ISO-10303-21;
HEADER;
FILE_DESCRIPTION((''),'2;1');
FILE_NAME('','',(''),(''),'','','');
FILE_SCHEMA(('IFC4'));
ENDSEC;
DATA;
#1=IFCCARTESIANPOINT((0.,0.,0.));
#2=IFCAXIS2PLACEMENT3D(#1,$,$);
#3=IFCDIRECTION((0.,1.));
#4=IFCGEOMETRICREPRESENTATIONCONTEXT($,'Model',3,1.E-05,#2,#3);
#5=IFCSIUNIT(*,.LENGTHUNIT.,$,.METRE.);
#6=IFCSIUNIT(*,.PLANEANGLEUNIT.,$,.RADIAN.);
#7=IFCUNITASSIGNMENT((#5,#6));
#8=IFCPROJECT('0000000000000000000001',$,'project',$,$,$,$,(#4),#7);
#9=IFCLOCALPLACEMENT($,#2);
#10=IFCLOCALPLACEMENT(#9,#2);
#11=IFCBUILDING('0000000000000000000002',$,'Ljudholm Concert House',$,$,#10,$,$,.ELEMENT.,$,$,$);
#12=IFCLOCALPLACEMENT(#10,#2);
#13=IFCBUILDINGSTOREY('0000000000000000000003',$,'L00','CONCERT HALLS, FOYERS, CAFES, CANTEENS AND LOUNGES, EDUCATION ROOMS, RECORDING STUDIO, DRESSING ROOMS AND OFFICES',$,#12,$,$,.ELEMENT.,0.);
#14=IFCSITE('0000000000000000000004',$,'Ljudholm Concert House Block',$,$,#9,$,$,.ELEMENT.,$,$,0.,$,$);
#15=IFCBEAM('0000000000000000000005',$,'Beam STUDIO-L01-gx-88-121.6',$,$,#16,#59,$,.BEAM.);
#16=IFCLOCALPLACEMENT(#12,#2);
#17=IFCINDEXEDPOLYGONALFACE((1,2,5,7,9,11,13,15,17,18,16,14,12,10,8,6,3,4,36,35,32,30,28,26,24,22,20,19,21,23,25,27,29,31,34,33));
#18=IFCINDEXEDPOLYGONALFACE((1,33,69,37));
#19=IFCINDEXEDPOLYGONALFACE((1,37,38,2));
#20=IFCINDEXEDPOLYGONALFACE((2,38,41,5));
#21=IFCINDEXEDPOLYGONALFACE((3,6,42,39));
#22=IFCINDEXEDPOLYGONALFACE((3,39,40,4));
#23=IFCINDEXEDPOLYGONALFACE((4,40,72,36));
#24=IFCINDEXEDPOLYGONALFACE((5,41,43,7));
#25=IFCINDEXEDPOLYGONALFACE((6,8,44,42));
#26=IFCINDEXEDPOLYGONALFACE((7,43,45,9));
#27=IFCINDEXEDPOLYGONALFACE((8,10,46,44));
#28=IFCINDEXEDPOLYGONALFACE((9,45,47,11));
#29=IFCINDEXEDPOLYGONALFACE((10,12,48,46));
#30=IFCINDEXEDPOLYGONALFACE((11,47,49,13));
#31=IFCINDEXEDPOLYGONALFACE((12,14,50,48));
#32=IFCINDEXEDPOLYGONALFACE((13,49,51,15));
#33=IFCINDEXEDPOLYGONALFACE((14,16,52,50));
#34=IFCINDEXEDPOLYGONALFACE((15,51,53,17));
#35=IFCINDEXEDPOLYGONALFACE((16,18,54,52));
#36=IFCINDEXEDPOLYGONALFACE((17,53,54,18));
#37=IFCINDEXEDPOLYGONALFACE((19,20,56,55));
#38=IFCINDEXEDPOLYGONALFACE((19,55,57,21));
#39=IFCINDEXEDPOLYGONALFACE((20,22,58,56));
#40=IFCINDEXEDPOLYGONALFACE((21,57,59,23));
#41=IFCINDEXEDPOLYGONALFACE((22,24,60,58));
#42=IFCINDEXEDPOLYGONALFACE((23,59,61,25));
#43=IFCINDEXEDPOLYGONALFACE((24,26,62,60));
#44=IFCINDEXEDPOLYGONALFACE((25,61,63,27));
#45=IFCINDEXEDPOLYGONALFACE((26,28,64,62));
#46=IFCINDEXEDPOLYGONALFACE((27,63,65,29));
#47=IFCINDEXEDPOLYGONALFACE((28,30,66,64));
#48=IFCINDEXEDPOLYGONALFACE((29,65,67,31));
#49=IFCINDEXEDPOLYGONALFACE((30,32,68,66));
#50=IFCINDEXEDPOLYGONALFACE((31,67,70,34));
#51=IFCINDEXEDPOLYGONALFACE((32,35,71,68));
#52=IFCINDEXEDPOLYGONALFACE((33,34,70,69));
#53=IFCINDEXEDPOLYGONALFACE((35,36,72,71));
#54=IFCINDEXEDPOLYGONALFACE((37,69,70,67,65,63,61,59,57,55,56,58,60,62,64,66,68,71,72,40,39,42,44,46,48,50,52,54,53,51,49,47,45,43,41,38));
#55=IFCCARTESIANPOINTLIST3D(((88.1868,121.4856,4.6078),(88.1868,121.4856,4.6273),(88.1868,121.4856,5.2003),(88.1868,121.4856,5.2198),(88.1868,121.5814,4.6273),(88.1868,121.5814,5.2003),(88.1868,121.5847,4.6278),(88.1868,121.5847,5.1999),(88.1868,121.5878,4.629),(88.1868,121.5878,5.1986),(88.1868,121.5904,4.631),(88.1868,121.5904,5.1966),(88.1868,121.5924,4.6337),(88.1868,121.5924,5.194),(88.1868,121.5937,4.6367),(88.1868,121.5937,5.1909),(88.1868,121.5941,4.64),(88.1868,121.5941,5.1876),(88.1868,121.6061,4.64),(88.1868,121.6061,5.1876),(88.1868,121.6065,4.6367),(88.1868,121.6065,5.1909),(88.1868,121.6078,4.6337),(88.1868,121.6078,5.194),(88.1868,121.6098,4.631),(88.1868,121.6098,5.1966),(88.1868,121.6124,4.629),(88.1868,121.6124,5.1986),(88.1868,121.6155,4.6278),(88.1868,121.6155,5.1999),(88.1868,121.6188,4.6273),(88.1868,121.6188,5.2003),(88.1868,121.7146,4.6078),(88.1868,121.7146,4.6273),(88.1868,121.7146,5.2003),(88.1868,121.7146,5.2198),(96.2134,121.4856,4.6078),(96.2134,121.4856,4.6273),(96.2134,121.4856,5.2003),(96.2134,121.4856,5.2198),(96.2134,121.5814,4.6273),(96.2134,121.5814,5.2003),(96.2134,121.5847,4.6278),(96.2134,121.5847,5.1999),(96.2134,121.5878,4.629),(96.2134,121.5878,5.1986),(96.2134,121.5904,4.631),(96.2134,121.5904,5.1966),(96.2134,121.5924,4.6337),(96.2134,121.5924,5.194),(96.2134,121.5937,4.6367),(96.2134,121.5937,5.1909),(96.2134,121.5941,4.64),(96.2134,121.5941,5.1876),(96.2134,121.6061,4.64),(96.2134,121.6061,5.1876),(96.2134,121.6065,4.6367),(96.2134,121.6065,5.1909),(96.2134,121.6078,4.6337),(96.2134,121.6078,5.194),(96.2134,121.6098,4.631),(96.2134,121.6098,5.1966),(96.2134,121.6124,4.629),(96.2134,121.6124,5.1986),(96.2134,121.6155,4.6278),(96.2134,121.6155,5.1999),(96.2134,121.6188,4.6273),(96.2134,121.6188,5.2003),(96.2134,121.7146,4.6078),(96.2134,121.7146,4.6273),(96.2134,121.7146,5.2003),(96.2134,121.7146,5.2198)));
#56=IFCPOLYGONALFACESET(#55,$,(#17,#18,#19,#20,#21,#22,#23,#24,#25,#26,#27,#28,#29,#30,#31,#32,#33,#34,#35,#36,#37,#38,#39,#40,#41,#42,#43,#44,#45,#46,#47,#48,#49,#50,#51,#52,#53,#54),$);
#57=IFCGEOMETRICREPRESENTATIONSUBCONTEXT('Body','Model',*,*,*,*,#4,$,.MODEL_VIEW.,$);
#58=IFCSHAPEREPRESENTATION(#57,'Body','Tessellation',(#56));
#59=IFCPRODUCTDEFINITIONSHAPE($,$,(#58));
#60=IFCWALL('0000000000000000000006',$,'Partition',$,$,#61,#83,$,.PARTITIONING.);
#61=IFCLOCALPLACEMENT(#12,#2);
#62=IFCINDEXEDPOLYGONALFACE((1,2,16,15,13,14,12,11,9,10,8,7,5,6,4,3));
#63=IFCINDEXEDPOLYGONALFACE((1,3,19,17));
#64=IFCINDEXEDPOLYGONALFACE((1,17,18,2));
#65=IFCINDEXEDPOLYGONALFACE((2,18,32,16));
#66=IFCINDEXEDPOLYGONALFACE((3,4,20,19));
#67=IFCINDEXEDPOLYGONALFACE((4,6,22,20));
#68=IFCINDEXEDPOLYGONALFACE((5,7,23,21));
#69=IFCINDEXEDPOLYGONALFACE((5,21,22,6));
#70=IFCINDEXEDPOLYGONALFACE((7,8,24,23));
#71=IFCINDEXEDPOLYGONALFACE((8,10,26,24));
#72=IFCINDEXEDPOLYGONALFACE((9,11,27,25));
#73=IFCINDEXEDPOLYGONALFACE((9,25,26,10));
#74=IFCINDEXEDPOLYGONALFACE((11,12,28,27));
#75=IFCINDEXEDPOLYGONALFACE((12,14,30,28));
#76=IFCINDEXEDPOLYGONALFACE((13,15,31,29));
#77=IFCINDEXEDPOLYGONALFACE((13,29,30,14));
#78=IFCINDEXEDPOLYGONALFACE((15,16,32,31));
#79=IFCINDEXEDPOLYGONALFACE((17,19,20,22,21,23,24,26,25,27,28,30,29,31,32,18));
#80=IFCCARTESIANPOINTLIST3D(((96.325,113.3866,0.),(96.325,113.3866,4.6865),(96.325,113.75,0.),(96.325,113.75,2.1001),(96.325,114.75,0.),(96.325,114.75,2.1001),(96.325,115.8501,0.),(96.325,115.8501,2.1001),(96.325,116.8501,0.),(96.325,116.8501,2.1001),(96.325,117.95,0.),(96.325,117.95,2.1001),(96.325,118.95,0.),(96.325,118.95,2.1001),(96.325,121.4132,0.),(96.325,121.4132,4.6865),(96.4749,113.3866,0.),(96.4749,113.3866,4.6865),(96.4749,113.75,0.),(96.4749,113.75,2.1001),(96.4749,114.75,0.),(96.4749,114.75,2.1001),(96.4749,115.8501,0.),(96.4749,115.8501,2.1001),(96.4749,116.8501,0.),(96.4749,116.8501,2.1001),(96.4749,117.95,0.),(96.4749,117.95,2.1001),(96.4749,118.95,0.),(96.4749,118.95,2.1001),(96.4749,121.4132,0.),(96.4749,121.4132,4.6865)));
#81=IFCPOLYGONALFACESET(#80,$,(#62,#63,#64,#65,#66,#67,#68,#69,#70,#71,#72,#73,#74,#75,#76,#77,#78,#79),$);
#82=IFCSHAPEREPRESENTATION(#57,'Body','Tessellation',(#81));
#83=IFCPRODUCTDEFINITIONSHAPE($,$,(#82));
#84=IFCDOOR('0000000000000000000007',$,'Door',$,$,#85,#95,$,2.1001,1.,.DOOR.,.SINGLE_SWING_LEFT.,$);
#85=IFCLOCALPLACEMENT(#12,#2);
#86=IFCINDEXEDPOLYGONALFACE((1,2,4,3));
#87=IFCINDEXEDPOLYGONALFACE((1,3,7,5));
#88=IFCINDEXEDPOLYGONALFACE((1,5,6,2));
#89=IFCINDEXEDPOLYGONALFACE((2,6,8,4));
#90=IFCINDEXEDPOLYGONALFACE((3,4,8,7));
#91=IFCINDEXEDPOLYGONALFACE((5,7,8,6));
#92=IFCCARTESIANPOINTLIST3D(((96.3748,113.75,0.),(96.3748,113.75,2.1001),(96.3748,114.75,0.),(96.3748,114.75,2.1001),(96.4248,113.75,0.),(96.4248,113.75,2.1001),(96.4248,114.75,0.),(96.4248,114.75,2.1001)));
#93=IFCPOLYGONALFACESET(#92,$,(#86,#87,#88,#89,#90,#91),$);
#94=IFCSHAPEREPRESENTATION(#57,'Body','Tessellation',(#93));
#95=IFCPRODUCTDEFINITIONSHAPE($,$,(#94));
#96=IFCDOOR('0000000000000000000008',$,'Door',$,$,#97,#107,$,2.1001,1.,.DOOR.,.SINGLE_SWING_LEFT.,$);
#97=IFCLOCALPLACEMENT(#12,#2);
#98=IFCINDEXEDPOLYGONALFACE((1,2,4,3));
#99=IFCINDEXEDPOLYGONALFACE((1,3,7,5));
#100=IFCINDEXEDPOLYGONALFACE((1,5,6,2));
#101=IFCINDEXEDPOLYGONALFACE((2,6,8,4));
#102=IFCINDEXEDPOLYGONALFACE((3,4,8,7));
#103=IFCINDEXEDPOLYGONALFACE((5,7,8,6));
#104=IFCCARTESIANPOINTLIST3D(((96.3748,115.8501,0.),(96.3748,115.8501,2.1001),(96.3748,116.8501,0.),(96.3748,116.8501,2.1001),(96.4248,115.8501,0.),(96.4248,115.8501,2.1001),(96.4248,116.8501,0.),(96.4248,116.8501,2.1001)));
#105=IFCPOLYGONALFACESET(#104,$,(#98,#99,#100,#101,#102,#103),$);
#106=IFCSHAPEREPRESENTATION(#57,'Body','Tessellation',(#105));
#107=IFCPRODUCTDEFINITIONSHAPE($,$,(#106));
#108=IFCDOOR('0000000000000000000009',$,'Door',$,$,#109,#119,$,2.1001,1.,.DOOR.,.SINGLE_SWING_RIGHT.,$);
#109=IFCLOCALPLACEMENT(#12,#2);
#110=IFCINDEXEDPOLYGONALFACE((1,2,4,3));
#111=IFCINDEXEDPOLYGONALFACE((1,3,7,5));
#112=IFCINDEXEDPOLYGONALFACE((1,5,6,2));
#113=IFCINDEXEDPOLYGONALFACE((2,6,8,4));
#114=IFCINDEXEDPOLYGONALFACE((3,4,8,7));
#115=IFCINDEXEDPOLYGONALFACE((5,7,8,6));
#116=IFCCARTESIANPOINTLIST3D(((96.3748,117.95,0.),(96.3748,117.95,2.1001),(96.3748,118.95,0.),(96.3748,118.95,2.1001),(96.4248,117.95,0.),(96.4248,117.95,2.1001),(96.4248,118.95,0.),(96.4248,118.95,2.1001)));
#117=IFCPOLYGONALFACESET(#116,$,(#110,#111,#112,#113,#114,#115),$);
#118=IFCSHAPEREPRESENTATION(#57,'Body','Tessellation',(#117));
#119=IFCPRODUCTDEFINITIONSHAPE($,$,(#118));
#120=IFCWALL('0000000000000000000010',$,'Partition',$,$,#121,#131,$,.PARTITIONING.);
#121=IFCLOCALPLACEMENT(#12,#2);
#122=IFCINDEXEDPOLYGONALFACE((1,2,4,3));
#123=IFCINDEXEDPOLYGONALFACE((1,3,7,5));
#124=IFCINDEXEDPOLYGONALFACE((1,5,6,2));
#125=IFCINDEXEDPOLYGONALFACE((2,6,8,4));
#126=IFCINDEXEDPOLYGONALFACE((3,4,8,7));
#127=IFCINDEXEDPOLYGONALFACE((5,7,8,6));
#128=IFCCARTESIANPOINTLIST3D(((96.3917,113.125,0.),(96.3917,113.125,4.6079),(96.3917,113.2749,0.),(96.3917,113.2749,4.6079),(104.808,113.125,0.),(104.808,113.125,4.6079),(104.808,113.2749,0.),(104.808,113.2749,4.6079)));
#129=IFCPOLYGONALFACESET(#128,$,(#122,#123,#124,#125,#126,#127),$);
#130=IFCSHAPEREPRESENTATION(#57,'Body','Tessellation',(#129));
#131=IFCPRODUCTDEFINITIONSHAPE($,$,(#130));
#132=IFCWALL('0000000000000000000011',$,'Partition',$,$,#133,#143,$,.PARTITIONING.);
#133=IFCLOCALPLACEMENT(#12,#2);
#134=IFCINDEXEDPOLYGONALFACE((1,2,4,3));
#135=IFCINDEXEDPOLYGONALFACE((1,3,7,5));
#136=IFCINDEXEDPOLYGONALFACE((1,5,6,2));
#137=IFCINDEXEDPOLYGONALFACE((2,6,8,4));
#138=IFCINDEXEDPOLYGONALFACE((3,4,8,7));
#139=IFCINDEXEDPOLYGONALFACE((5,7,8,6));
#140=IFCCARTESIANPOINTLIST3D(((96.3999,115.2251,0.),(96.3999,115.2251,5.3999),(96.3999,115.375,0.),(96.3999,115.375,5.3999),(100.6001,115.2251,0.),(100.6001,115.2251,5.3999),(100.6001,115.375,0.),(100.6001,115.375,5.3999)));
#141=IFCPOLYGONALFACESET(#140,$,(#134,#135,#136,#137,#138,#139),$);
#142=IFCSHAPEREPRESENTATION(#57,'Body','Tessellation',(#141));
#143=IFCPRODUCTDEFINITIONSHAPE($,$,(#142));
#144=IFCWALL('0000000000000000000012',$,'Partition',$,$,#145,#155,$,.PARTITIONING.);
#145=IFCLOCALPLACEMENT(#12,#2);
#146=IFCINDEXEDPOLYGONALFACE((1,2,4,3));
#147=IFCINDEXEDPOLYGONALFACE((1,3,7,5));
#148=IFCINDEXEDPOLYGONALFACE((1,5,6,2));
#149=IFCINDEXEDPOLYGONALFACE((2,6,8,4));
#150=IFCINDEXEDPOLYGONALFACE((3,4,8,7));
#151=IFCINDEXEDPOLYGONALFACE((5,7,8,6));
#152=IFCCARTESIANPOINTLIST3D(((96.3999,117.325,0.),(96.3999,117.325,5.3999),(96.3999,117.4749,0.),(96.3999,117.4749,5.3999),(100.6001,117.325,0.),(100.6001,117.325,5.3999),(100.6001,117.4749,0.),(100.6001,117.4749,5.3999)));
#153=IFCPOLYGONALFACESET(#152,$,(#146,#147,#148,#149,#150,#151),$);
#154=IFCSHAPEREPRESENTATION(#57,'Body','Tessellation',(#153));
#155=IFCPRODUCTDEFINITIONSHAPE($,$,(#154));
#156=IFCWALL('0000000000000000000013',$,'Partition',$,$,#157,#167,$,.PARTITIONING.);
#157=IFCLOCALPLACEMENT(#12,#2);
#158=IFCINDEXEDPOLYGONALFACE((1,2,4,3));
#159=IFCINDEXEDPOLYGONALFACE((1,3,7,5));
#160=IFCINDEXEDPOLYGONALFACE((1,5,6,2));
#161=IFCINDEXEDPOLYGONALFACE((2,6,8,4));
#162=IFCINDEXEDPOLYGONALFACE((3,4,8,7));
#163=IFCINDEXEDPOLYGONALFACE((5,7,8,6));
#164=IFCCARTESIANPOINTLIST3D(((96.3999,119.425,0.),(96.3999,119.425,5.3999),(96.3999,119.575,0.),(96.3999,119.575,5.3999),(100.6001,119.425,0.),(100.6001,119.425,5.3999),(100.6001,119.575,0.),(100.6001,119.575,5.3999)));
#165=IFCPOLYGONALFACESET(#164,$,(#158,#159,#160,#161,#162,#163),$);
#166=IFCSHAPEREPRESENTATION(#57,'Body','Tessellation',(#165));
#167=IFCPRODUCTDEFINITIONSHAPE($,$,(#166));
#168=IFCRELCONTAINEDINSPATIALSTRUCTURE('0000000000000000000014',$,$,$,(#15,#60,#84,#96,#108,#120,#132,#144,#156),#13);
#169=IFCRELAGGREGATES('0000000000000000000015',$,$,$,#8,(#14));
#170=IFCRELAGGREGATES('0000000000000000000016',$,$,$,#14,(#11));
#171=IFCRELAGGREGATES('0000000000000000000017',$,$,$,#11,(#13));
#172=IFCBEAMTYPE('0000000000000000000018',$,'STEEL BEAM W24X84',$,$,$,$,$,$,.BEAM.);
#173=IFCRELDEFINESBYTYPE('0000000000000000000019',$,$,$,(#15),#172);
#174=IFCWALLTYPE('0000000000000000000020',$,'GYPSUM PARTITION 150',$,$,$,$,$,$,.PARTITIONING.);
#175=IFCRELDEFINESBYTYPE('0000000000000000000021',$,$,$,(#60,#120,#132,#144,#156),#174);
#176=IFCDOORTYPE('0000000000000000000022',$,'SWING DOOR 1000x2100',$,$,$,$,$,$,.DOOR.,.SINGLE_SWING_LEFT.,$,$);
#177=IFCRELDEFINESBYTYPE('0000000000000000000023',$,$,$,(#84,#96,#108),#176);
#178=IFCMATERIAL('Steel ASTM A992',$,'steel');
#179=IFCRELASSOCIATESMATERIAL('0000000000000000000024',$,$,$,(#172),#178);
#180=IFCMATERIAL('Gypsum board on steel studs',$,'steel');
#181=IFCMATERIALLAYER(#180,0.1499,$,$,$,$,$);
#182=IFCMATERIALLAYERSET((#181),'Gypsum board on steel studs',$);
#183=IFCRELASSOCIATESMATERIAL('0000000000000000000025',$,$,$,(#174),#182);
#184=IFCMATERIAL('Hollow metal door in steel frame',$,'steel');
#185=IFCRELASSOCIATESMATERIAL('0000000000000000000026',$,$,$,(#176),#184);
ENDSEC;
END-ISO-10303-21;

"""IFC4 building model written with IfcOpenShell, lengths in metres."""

from ifc_helpers import new_model, si_unit, direction, frame, frame_2d, origin, origin_2d, place, context, subcontext, project, spatial, rectangle, i_section, extrude, material, layer, layer_set, material_profile, profile_set, type_object, element, fill, save


model = new_model("IFC4")

# Units and contexts
model_context = context("Model", 3, precision=1e-05, world=origin(), true_north=direction((0.0, 1.0)))
body_context = subcontext(model_context, "Body", "Model", "MODEL_VIEW")
ifc_project = project(units=[si_unit("LENGTHUNIT", "METRE"), si_unit("PLANEANGLEUNIT", "RADIAN")], contexts=[model_context])

# Site, building, storey
site_placement = place(None, origin())
site = spatial("IfcSite", under=ifc_project, at=site_placement, Name="Ljudholm Concert House Block", CompositionType="ELEMENT", RefElevation=0.0)
building_placement = place(site_placement, origin())
building = spatial("IfcBuilding", under=site, at=building_placement, Name="Ljudholm Concert House", CompositionType="ELEMENT")
storey_placement = place(building_placement, origin())
storey = spatial("IfcBuildingStorey", under=building, at=storey_placement, Name="L00", Description="CONCERT HALLS, FOYERS, CAFES, CANTEENS AND LOUNGES, EDUCATION ROOMS, RECORDING STUDIO, DRESSING ROOMS AND OFFICES", CompositionType="ELEMENT", Elevation=0.0)

# Beam
ifc_material_1 = material(Name="Steel ASTM A992", Category="steel")
ifc_material_profile_1 = material_profile(ifc_material_1, i_section(OverallWidth=0.229, OverallDepth=0.6121, WebThickness=0.012, FlangeThickness=0.0195, FilletRadius=0.0127, at=origin_2d()), Name="W24X84")
ifc_profile_set_1 = profile_set([ifc_material_profile_1], Name="Steel ASTM A992")
beam_type_1 = type_object("IfcBeamType", Name="STEEL BEAM W24X84", PredefinedType="BEAM", material=ifc_profile_set_1)
for number, where, z_axis, x_axis, name in (
    (1, (88.1868, 121.6001, 4.9138), (1.0, 0.0, 0.0), (0.0, 1.0, 0.0), "Beam STUDIO-L01-gx-88-121.6"),
):
    element("IfcBeam", number, at=place(storey_placement, frame(where, z_axis=z_axis, x_axis=x_axis)), inside=storey, type_object=beam_type_1, Name=name, PredefinedType="BEAM", context=body_context, shape_type="SweptSolid", body=[
        extrude(i_section(OverallWidth=0.229, OverallDepth=0.6121, WebThickness=0.012, FlangeThickness=0.0195, FilletRadius=0.0127, at=origin_2d()), origin(), (0.0, 0.0, 1.0), 8.0266),
    ])

# Wall, openings, doors
ifc_material_2 = material(Name="Gypsum board on steel studs", Category="steel")
ifc_layer = layer(ifc_material_2, 0.1499)
ifc_layer_set = layer_set([ifc_layer], Name="Gypsum board on steel studs")
wall_type = type_object("IfcWallType", Name="GYPSUM PARTITION 150", PredefinedType="PARTITIONING", material=ifc_layer_set)
wall_1_placement = place(storey_placement, frame((96.3999, 113.3867, 0.0), z_axis=(0.0, 0.0, 1.0), x_axis=(0.0, 1.0, 0.0)))
wall_1 = element("IfcWall", 2, at=wall_1_placement, inside=storey, type_object=wall_type, Name="Partition", PredefinedType="PARTITIONING", context=body_context, shape_type="SweptSolid", body=[
    extrude(rectangle(XDim=8.0266, YDim=0.1499, at=frame_2d((4.0132, 0.0))), origin(), (0.0, 0.0, 1.0), 4.6865),
])
opening_1_placement = place(wall_1_placement, frame((0.3633, 0.0, 0.0)))
opening_1 = element("IfcOpeningElement", 3, at=opening_1_placement, cuts=wall_1, PredefinedType="OPENING", context=body_context, shape_type="SweptSolid", body=[
    extrude(rectangle(XDim=1.0, YDim=2.1001, at=frame_2d((0.5, 1.05))), frame((0.0, 0.085, 0.0), z_axis=(0.0, -1.0, 0.0), x_axis=(1.0, 0.0, 0.0)), (0.0, 0.0, 1.0), 0.1699),
])
opening_2_placement = place(wall_1_placement, frame((2.4634, 0.0, 0.0)))
opening_2 = element("IfcOpeningElement", 4, at=opening_2_placement, cuts=wall_1, PredefinedType="OPENING", context=body_context, shape_type="SweptSolid", body=[
    extrude(rectangle(XDim=1.0, YDim=2.1001, at=frame_2d((0.5, 1.05))), frame((0.0, 0.085, 0.0), z_axis=(0.0, -1.0, 0.0), x_axis=(1.0, 0.0, 0.0)), (0.0, 0.0, 1.0), 0.1699),
])
opening_3_placement = place(wall_1_placement, frame((4.5632, 0.0, 0.0)))
opening_3 = element("IfcOpeningElement", 5, at=opening_3_placement, cuts=wall_1, PredefinedType="OPENING", context=body_context, shape_type="SweptSolid", body=[
    extrude(rectangle(XDim=1.0, YDim=2.1001, at=frame_2d((0.5, 1.05))), frame((0.0, 0.085, 0.0), z_axis=(0.0, -1.0, 0.0), x_axis=(1.0, 0.0, 0.0)), (0.0, 0.0, 1.0), 0.1699),
])
ifc_material_3 = material(Name="Hollow metal door in steel frame", Category="steel")
door_type = type_object("IfcDoorType", Name="SWING DOOR 1000x2100", OperationType="SINGLE_SWING_LEFT", PredefinedType="DOOR", material=ifc_material_3)
door_1_placement = place(opening_1_placement, frame((1.0, 0.0, 0.0), z_axis=(0.0, 0.0, 1.0), x_axis=(-1.0, 0.0, 0.0)))
door_1 = element("IfcDoor", 6, at=door_1_placement, inside=storey, type_object=door_type, Name="Door", OperationType="SINGLE_SWING_LEFT", OverallHeight=2.1001, OverallWidth=1.0, PredefinedType="DOOR", context=body_context, shape_type="SweptSolid", body=[
    extrude(rectangle(XDim=1.0, YDim=2.1001, at=frame_2d((0.5, 1.05))), frame((0.0, 0.0249, 0.0), z_axis=(0.0, -1.0, 0.0), x_axis=(1.0, 0.0, 0.0)), (0.0, 0.0, 1.0), 0.05),
])
fill(opening_1, door_1)
door_2_placement = place(opening_2_placement, frame((1.0, 0.0, 0.0), z_axis=(0.0, 0.0, 1.0), x_axis=(-1.0, 0.0, 0.0)))
door_2 = element("IfcDoor", 7, at=door_2_placement, inside=storey, type_object=door_type, Name="Door", OperationType="SINGLE_SWING_LEFT", OverallHeight=2.1001, OverallWidth=1.0, PredefinedType="DOOR", context=body_context, shape_type="SweptSolid", body=[
    extrude(rectangle(XDim=1.0, YDim=2.1001, at=frame_2d((0.5, 1.05))), frame((0.0, 0.0249, 0.0), z_axis=(0.0, -1.0, 0.0), x_axis=(1.0, 0.0, 0.0)), (0.0, 0.0, 1.0), 0.05),
])
fill(opening_2, door_2)
door_3_placement = place(opening_3_placement, frame((1.0, 0.0, 0.0), z_axis=(0.0, 0.0, 1.0), x_axis=(-1.0, 0.0, 0.0)))
door_3 = element("IfcDoor", 8, at=door_3_placement, inside=storey, type_object=door_type, Name="Door", OperationType="SINGLE_SWING_RIGHT", OverallHeight=2.1001, OverallWidth=1.0, PredefinedType="DOOR", context=body_context, shape_type="SweptSolid", body=[
    extrude(rectangle(XDim=1.0, YDim=2.1001, at=frame_2d((0.5, 1.05))), frame((0.0, 0.0249, 0.0), z_axis=(0.0, -1.0, 0.0), x_axis=(1.0, 0.0, 0.0)), (0.0, 0.0, 1.0), 0.05),
])
fill(opening_3, door_3)

# Walls
wall_2_placement = place(storey_placement, frame((96.3918, 113.2, 0.0), z_axis=(0.0, 0.0, 1.0), x_axis=(1.0, 0.0, 0.0)))
element("IfcWall", 9, at=wall_2_placement, inside=storey, type_object=wall_type, Name="Partition", PredefinedType="PARTITIONING", context=body_context, shape_type="SweptSolid", body=[
    extrude(rectangle(XDim=8.4163, YDim=0.1499, at=frame_2d((4.208, 0.0))), origin(), (0.0, 0.0, 1.0), 4.6079),
])
for number, where, z_axis, x_axis, name in (
    (10, (96.3999, 115.3, 0.0), (0.0, 0.0, 1.0), (1.0, 0.0, 0.0), "Partition"),
    (11, (96.3999, 117.3999, 0.0), (0.0, 0.0, 1.0), (1.0, 0.0, 0.0), "Partition"),
    (12, (96.3999, 119.5, 0.0), (0.0, 0.0, 1.0), (1.0, 0.0, 0.0), "Partition"),
):
    element("IfcWall", number, at=place(storey_placement, frame(where, z_axis=z_axis, x_axis=x_axis)), inside=storey, type_object=wall_type, Name=name, PredefinedType="PARTITIONING", context=body_context, shape_type="SweptSolid", body=[
        extrude(rectangle(XDim=4.2002, YDim=0.1499, at=frame_2d((2.1001, 0.0))), origin(), (0.0, 0.0, 1.0), 5.3999),
    ])

save(model, "model.ifc")
